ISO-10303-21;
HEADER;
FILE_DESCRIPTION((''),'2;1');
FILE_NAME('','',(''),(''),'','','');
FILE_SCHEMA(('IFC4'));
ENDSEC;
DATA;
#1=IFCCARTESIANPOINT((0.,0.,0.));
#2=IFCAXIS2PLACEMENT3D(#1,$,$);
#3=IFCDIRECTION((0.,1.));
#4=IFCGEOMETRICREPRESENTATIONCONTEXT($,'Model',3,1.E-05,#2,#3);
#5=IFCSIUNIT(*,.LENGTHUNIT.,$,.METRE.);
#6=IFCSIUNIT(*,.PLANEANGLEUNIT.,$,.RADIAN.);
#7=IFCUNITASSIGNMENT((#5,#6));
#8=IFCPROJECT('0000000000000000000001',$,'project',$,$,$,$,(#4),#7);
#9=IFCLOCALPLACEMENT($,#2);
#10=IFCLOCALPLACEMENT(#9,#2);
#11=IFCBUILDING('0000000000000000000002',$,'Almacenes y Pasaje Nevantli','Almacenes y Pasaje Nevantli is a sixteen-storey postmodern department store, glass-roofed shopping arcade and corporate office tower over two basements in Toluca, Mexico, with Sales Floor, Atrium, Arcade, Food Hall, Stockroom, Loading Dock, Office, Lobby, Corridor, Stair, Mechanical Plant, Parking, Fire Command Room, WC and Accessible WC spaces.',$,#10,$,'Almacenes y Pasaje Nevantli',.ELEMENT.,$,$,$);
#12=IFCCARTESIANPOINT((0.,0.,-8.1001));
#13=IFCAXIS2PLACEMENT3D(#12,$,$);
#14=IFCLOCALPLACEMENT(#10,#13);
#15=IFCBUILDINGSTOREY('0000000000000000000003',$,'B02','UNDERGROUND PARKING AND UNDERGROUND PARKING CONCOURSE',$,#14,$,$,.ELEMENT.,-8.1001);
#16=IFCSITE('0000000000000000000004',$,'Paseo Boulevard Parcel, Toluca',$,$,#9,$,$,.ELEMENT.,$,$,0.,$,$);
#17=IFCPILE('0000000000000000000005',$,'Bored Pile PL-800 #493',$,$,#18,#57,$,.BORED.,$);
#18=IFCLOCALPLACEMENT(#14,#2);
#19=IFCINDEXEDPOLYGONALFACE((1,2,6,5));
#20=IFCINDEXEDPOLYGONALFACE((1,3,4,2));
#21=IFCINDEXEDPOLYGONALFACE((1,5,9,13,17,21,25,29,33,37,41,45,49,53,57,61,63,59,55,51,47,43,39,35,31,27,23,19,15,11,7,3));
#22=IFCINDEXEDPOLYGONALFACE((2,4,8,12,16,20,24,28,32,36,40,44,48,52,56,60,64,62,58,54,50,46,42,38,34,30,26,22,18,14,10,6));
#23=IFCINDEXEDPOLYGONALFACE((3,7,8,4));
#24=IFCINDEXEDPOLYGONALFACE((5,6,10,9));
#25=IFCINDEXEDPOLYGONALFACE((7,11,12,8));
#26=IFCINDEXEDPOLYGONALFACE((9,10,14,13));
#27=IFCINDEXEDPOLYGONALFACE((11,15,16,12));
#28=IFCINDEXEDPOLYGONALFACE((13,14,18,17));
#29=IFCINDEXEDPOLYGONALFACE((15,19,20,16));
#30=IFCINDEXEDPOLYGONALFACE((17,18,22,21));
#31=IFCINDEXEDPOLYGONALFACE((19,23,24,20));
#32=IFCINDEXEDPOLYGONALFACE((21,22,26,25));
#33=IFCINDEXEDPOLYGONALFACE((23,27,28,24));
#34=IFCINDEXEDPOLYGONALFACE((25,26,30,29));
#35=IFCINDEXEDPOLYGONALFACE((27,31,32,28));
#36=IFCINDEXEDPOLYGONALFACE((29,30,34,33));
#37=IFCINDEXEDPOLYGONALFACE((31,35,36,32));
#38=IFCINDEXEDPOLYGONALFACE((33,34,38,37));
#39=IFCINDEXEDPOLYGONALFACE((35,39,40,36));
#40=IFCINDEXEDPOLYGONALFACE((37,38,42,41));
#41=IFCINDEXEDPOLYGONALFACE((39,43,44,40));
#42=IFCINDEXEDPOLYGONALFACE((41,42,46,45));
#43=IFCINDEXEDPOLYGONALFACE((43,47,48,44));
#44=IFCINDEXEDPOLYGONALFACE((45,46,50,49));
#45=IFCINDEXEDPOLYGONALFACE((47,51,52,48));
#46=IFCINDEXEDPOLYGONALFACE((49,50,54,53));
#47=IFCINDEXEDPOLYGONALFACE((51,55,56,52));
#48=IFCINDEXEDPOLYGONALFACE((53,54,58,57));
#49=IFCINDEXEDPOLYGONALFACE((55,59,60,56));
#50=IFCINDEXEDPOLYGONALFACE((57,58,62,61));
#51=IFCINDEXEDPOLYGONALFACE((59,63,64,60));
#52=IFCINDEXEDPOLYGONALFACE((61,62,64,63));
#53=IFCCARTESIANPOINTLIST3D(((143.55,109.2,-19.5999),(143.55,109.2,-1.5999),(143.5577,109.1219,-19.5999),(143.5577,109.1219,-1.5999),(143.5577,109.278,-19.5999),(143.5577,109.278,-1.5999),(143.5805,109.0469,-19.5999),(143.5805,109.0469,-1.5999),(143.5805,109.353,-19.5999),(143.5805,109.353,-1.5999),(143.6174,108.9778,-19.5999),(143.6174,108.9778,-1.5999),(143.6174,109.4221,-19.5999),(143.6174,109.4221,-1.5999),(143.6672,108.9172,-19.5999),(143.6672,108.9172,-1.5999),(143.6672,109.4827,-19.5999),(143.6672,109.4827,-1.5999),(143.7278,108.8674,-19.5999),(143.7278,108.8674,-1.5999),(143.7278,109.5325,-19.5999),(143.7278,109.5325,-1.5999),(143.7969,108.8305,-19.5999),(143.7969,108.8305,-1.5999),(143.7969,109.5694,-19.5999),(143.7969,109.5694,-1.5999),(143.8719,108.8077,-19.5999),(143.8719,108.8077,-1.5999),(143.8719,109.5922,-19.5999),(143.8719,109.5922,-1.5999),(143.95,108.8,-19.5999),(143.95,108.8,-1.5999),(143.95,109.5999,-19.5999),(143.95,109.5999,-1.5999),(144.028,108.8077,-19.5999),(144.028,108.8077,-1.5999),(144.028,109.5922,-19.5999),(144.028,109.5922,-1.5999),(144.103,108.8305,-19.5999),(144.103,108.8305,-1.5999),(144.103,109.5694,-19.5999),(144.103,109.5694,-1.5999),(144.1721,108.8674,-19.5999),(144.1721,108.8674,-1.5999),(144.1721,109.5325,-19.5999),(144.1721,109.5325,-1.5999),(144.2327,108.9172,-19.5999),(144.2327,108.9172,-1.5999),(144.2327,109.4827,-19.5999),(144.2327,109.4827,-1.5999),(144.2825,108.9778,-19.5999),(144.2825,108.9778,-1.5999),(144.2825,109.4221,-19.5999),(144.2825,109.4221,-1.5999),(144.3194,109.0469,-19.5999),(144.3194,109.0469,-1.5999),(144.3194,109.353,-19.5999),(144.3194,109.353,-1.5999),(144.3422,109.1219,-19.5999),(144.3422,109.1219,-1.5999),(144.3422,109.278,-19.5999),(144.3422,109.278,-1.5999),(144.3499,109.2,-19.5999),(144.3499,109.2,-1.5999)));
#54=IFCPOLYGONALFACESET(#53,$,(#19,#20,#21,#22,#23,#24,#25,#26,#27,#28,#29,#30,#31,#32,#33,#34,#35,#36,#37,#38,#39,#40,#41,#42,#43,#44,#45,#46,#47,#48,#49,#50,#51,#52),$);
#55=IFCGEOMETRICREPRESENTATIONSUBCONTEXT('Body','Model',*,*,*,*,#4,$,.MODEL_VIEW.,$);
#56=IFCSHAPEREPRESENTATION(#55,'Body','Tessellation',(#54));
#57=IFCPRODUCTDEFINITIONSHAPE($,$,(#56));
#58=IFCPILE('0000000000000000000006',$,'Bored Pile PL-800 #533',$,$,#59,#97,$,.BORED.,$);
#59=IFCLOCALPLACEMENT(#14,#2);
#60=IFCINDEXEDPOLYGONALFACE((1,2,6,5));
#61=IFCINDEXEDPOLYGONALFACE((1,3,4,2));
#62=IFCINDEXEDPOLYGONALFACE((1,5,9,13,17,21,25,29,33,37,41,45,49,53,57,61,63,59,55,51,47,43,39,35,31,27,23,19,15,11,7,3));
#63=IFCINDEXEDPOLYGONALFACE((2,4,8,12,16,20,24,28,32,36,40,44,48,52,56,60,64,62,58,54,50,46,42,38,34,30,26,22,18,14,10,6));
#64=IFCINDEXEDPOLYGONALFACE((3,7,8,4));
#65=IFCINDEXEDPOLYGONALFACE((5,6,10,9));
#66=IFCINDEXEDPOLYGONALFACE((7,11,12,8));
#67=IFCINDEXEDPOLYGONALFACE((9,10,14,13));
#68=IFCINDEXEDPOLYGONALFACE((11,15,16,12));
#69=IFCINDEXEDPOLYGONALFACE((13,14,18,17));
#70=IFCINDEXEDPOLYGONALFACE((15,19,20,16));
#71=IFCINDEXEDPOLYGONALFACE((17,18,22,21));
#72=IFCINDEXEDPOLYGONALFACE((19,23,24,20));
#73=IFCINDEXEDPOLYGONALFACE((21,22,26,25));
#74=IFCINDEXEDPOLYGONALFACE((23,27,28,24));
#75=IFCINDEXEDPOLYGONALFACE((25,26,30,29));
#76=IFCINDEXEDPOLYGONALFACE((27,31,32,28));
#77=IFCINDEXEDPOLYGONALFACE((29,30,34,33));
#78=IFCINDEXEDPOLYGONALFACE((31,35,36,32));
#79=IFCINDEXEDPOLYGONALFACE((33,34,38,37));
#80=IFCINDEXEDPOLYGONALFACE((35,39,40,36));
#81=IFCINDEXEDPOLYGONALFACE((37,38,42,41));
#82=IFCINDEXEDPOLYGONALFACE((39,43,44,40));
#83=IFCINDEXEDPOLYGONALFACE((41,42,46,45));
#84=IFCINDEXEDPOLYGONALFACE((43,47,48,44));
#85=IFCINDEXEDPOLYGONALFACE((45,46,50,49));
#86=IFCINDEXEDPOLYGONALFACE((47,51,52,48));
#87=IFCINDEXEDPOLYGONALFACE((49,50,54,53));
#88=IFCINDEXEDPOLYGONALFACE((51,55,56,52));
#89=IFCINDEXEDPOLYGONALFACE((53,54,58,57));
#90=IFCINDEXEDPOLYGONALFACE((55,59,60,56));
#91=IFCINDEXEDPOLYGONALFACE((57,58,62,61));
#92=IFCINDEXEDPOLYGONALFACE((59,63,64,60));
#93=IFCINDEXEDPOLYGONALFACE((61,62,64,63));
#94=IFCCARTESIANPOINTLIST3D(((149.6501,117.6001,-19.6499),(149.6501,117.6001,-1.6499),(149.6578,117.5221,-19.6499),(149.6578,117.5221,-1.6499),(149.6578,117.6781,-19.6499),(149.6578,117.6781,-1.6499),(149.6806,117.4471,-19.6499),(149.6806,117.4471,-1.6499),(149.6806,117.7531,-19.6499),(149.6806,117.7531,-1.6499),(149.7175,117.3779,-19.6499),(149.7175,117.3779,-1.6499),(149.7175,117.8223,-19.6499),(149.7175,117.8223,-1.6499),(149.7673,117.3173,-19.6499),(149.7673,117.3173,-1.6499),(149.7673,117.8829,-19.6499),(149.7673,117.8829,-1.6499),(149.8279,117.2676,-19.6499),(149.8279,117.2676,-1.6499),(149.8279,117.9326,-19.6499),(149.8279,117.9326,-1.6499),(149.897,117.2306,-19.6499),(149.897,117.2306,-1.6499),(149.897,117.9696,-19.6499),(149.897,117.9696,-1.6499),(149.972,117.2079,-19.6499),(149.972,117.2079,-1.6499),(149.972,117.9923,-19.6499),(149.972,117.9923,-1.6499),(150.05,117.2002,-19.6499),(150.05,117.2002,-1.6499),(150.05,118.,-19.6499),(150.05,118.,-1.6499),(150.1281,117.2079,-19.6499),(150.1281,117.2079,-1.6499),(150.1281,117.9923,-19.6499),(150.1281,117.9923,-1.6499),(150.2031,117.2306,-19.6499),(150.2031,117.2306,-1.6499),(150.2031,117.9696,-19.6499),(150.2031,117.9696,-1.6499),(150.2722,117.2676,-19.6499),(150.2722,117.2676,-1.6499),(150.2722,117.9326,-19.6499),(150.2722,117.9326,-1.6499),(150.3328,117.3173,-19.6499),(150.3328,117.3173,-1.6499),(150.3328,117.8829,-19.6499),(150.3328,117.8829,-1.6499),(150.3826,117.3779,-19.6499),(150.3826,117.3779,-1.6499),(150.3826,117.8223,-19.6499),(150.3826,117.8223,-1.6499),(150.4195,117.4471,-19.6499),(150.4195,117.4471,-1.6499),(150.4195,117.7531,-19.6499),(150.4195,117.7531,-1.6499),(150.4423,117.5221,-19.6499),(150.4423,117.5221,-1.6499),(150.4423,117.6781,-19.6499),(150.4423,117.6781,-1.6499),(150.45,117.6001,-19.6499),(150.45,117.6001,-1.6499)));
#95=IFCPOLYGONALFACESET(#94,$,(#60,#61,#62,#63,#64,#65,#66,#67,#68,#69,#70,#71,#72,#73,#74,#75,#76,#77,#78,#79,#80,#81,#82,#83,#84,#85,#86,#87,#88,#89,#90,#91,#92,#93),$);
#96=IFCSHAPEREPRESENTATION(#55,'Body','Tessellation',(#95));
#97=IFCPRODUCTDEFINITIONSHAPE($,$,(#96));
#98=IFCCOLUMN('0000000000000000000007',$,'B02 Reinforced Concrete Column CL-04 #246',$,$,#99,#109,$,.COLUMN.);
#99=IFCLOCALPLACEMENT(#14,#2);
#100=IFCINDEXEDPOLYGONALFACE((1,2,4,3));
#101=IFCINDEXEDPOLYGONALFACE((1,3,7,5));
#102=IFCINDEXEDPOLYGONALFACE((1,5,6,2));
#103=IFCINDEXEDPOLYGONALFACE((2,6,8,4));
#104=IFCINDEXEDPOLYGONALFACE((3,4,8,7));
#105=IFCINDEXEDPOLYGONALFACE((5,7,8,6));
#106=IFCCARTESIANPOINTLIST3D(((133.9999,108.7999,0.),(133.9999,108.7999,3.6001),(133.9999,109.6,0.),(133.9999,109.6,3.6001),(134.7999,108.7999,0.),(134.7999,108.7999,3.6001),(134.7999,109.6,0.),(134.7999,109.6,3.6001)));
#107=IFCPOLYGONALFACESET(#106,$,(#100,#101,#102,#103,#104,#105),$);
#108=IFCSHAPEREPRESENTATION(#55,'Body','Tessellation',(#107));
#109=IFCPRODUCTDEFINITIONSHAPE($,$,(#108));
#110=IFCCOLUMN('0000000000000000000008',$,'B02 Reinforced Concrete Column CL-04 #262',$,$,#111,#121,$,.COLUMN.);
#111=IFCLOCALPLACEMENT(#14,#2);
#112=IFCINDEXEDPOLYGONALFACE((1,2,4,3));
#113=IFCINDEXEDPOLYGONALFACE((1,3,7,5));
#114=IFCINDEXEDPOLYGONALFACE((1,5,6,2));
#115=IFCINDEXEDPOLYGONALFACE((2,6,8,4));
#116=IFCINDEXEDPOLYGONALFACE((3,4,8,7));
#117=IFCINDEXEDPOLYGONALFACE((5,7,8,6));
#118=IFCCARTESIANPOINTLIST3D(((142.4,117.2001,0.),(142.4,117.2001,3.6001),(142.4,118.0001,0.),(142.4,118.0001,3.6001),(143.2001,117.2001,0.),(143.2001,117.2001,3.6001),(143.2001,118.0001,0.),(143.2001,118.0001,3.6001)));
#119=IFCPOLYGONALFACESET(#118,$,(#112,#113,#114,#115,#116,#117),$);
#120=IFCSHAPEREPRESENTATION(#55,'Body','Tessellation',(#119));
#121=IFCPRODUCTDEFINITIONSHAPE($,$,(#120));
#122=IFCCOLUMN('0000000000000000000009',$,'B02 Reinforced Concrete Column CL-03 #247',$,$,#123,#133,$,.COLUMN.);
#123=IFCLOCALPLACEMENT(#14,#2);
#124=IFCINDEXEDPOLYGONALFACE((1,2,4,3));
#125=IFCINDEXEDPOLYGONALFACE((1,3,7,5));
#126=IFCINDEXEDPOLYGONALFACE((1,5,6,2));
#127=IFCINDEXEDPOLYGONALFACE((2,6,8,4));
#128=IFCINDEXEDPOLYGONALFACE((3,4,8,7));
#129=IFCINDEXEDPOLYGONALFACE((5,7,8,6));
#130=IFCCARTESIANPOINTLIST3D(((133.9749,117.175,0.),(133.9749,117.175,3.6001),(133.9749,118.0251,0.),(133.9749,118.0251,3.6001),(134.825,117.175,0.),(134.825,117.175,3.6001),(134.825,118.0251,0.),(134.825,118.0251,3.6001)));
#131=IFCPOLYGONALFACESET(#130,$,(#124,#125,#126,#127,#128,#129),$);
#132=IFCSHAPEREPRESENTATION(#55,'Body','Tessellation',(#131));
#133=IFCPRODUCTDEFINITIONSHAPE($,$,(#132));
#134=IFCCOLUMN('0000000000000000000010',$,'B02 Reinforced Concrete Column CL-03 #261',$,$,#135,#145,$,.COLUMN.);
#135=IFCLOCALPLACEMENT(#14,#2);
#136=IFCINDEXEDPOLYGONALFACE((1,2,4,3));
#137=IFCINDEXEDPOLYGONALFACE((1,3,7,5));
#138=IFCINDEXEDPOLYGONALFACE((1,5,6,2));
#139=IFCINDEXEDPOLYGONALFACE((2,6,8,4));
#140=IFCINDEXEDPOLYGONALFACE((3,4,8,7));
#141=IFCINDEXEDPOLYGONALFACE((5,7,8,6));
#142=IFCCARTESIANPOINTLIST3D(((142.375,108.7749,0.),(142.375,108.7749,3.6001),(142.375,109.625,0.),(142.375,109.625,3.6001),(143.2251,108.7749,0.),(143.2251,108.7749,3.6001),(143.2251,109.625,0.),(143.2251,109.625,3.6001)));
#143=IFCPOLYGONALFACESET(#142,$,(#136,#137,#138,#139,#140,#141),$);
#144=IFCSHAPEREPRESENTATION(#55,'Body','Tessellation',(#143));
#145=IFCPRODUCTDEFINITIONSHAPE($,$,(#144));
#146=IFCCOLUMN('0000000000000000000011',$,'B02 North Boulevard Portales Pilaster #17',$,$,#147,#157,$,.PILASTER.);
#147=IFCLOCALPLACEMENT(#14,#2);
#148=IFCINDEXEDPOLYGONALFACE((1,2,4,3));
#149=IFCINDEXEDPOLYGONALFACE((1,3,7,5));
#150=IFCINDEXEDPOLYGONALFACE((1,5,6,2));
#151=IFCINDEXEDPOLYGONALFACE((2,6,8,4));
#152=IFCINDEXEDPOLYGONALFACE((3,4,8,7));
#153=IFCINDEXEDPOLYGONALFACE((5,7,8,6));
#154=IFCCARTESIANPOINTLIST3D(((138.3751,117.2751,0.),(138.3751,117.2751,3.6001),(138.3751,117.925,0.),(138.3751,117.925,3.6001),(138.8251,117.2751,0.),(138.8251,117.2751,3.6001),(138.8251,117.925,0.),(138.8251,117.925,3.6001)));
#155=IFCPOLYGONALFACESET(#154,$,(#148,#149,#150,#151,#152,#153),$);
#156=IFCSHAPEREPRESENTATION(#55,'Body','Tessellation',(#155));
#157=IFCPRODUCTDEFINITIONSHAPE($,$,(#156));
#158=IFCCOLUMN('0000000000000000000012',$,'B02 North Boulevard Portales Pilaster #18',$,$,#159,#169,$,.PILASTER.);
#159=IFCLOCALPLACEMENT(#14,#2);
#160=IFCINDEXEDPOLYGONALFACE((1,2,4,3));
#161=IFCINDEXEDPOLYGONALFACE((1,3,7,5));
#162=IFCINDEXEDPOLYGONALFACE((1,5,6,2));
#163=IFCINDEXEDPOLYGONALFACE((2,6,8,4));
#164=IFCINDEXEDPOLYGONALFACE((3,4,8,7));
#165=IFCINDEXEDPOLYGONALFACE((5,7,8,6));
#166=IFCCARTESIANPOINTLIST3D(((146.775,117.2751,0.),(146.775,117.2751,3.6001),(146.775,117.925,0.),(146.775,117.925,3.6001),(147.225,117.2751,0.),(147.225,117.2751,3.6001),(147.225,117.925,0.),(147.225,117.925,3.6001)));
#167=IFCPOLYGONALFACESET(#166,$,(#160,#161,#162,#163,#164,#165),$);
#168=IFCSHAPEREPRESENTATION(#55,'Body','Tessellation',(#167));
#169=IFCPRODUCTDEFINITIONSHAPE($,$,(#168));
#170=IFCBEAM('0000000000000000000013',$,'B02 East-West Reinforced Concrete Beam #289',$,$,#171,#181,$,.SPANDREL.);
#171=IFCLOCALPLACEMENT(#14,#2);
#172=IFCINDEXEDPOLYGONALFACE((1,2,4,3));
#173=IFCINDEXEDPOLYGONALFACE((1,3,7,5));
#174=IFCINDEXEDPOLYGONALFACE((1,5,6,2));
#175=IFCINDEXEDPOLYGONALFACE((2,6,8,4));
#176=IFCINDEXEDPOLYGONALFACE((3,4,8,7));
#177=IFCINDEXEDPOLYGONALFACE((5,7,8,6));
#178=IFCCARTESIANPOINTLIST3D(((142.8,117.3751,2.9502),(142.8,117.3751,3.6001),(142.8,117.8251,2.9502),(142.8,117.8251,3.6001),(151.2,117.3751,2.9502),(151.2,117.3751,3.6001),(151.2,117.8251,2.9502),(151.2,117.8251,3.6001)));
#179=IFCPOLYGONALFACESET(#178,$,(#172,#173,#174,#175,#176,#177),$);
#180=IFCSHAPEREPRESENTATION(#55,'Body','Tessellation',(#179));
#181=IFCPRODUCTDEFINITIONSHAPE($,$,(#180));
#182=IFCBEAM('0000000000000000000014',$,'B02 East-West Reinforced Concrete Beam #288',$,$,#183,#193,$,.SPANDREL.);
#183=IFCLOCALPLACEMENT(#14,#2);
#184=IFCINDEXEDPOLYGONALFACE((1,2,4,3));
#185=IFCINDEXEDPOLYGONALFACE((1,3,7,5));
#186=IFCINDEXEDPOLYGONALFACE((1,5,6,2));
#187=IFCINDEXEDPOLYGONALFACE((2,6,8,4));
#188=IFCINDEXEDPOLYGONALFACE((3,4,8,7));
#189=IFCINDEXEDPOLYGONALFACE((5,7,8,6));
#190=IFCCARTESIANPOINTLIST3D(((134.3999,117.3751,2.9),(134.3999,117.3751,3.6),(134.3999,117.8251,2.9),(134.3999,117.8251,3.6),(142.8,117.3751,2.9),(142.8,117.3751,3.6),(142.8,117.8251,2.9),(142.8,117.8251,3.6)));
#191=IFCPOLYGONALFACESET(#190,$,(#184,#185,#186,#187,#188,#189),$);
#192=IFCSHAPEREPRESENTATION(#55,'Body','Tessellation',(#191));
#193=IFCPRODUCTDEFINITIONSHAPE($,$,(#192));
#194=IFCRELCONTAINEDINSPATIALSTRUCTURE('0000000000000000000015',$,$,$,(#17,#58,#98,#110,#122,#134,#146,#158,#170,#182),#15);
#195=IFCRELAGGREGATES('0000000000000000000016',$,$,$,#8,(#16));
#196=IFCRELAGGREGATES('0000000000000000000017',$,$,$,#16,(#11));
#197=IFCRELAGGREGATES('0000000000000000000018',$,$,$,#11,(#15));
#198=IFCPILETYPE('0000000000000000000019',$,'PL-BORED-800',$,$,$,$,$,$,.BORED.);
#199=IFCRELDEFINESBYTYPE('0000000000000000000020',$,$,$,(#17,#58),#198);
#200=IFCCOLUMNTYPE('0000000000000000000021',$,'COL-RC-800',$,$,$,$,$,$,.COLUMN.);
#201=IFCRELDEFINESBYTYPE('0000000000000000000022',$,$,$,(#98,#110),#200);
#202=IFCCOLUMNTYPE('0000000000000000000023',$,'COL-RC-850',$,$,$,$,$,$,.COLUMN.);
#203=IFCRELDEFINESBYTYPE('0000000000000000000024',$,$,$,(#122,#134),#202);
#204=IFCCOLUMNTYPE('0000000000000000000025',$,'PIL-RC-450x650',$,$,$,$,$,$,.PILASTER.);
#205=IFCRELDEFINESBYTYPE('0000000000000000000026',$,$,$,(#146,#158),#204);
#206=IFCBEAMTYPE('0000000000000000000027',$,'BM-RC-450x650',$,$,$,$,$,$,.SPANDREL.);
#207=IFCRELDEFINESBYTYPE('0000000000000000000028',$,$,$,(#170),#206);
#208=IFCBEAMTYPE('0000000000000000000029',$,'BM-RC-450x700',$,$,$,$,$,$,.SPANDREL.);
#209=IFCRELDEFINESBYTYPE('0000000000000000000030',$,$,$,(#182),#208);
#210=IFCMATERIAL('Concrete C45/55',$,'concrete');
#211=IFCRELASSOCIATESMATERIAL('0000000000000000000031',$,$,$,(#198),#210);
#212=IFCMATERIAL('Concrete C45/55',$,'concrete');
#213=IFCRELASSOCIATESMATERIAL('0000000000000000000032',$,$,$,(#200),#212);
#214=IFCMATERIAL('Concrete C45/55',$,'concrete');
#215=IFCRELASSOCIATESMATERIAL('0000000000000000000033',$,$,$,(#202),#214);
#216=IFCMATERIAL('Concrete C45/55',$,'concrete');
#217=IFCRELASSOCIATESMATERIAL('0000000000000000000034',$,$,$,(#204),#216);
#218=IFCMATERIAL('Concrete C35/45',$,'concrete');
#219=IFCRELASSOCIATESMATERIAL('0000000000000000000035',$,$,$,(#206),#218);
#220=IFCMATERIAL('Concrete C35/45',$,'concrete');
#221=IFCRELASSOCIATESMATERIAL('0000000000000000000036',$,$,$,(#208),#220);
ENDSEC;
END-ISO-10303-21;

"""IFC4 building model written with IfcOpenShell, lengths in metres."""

from ifc_helpers import new_model, si_unit, direction, frame, origin, origin_2d, place, context, subcontext, project, spatial, rectangle, circle, extrude, material, material_profile, profile_set, type_object, element, save


model = new_model("IFC4")

# Units and contexts
model_context = context("Model", 3, precision=1e-05, world=origin(), true_north=direction((0.0, 1.0)))
body_context = subcontext(model_context, "Body", "Model", "MODEL_VIEW")
ifc_project = project(units=[si_unit("LENGTHUNIT", "METRE"), si_unit("PLANEANGLEUNIT", "RADIAN")], contexts=[model_context])

# Site, building, storey
site_placement = place(None, origin())
site = spatial("IfcSite", under=ifc_project, at=site_placement, Name="Paseo Boulevard Parcel, Toluca", CompositionType="ELEMENT", RefElevation=0.0)
building_placement = place(site_placement, origin())
building = spatial("IfcBuilding", under=site, at=building_placement, Name="Almacenes y Pasaje Nevantli", Description="Almacenes y Pasaje Nevantli is a sixteen-storey postmodern department store, glass-roofed shopping arcade and corporate office tower over two basements in Toluca, Mexico, with Sales Floor, Atrium, Arcade, Food Hall, Stockroom, Loading Dock, Office, Lobby, Corridor, Stair, Mechanical Plant, Parking, Fire Command Room, WC and Accessible WC spaces.", LongName="Almacenes y Pasaje Nevantli", CompositionType="ELEMENT")
storey_placement = place(building_placement, frame((0.0, 0.0, -8.1001)))
storey = spatial("IfcBuildingStorey", under=building, at=storey_placement, Name="B02", Description="UNDERGROUND PARKING AND UNDERGROUND PARKING CONCOURSE", CompositionType="ELEMENT", Elevation=-8.1001)

# Piles
ifc_material_1 = material(Name="Concrete C45/55", Category="concrete")
ifc_material_profile_1 = material_profile(ifc_material_1, circle(Radius=0.3999, at=origin_2d()), Name="RC-PILE-D800")
ifc_profile_set_1 = profile_set([ifc_material_profile_1], Name="Concrete C45/55")
pile_type_1 = type_object("IfcPileType", Name="PL-BORED-800", PredefinedType="BORED", material=ifc_profile_set_1)
for number, where, z_axis, x_axis, name in (
    (1, (143.95, 109.2, -1.5999), (0.0, 0.0, -1.0), (1.0, 0.0, 0.0), "Bored Pile PL-800 #493"),
    (2, (150.05, 117.6001, -1.6499), (0.0, 0.0, -1.0), (1.0, 0.0, 0.0), "Bored Pile PL-800 #533"),
):
    element("IfcPile", number, at=place(storey_placement, frame(where, z_axis=z_axis, x_axis=x_axis)), inside=storey, type_object=pile_type_1, Name=name, PredefinedType="BORED", context=body_context, shape_type="SweptSolid", body=[
        extrude(circle(Radius=0.3999, at=origin_2d()), origin(), (0.0, 0.0, 1.0), 18.0),
    ])

# Columns
ifc_material_2 = material(Name="Concrete C45/55", Category="concrete")
ifc_material_profile_2 = material_profile(ifc_material_2, rectangle(XDim=0.8, YDim=0.8, at=origin_2d()), Name="RC-COL-800x800")
ifc_profile_set_2 = profile_set([ifc_material_profile_2], Name="Concrete C45/55")
column_type_1 = type_object("IfcColumnType", Name="COL-RC-800", PredefinedType="COLUMN", material=ifc_profile_set_2)
for number, where, z_axis, x_axis, name in (
    (3, (134.3999, 109.2, 0.0), (0.0, 0.0, 1.0), (1.0, 0.0, 0.0), "B02 Reinforced Concrete Column CL-04 #246"),
    (4, (142.8, 117.6001, 0.0), (0.0, 0.0, 1.0), (1.0, 0.0, 0.0), "B02 Reinforced Concrete Column CL-04 #262"),
):
    element("IfcColumn", number, at=place(storey_placement, frame(where, z_axis=z_axis, x_axis=x_axis)), inside=storey, type_object=column_type_1, Name=name, PredefinedType="COLUMN", context=body_context, shape_type="SweptSolid", body=[
        extrude(rectangle(XDim=0.8, YDim=0.8, at=origin_2d()), origin(), (0.0, 0.0, 1.0), 3.6001),
    ])
ifc_material_3 = material(Name="Concrete C45/55", Category="concrete")
ifc_material_profile_3 = material_profile(ifc_material_3, rectangle(XDim=0.8501, YDim=0.8501, at=origin_2d()), Name="RC-COL-850x850")
ifc_profile_set_3 = profile_set([ifc_material_profile_3], Name="Concrete C45/55")
column_type_2 = type_object("IfcColumnType", Name="COL-RC-850", PredefinedType="COLUMN", material=ifc_profile_set_3)
for number, where, z_axis, x_axis, name in (
    (5, (134.3999, 117.6001, 0.0), (0.0, 0.0, 1.0), (1.0, 0.0, 0.0), "B02 Reinforced Concrete Column CL-03 #247"),
    (6, (142.8, 109.2, 0.0), (0.0, 0.0, 1.0), (1.0, 0.0, 0.0), "B02 Reinforced Concrete Column CL-03 #261"),
):
    element("IfcColumn", number, at=place(storey_placement, frame(where, z_axis=z_axis, x_axis=x_axis)), inside=storey, type_object=column_type_2, Name=name, PredefinedType="COLUMN", context=body_context, shape_type="SweptSolid", body=[
        extrude(rectangle(XDim=0.8501, YDim=0.8501, at=origin_2d()), origin(), (0.0, 0.0, 1.0), 3.6001),
    ])
ifc_material_4 = material(Name="Concrete C45/55", Category="concrete")
ifc_material_profile_4 = material_profile(ifc_material_4, rectangle(XDim=0.45, YDim=0.6499, at=origin_2d()), Name="RC-PIL-450x650")
ifc_profile_set_4 = profile_set([ifc_material_profile_4], Name="Concrete C45/55")
column_type_3 = type_object("IfcColumnType", Name="PIL-RC-450x650", PredefinedType="PILASTER", material=ifc_profile_set_4)
for number, where, z_axis, x_axis, name in (
    (7, (138.6001, 117.6001, 0.0), (0.0, 0.0, 1.0), (1.0, 0.0, 0.0), "B02 North Boulevard Portales Pilaster #17"),
    (8, (147.0, 117.6001, 0.0), (0.0, 0.0, 1.0), (1.0, 0.0, 0.0), "B02 North Boulevard Portales Pilaster #18"),
):
    element("IfcColumn", number, at=place(storey_placement, frame(where, z_axis=z_axis, x_axis=x_axis)), inside=storey, type_object=column_type_3, Name=name, PredefinedType="PILASTER", context=body_context, shape_type="SweptSolid", body=[
        extrude(rectangle(XDim=0.45, YDim=0.6499, at=origin_2d()), origin(), (0.0, 0.0, 1.0), 3.6001),
    ])

# Beams
ifc_material_5 = material(Name="Concrete C35/45", Category="concrete")
ifc_material_profile_5 = material_profile(ifc_material_5, rectangle(XDim=0.45, YDim=0.6499, at=origin_2d()), Name="RC-BM-450x650")
ifc_profile_set_5 = profile_set([ifc_material_profile_5], Name="Concrete C35/45")
beam_type_1 = type_object("IfcBeamType", Name="BM-RC-450x650", PredefinedType="SPANDREL", material=ifc_profile_set_5)
beam_1_placement = place(storey_placement, frame((142.8, 117.6001, 3.2751), z_axis=(1.0, 0.0, 0.0), x_axis=(0.0, 1.0, 0.0)))
element("IfcBeam", 9, at=beam_1_placement, inside=storey, type_object=beam_type_1, Name="B02 East-West Reinforced Concrete Beam #289", PredefinedType="SPANDREL", context=body_context, shape_type="SweptSolid", body=[
    extrude(rectangle(XDim=0.45, YDim=0.6499, at=origin_2d()), origin(), (0.0, 0.0, 1.0), 8.3999),
])
ifc_material_6 = material(Name="Concrete C35/45", Category="concrete")
ifc_material_profile_6 = material_profile(ifc_material_6, rectangle(XDim=0.45, YDim=0.7, at=origin_2d()), Name="RC-BM-450x700")
ifc_profile_set_6 = profile_set([ifc_material_profile_6], Name="Concrete C35/45")
beam_type_2 = type_object("IfcBeamType", Name="BM-RC-450x700", PredefinedType="SPANDREL", material=ifc_profile_set_6)
beam_2_placement = place(storey_placement, frame((134.3999, 117.6001, 3.25), z_axis=(1.0, 0.0, 0.0), x_axis=(0.0, 1.0, 0.0)))
element("IfcBeam", 10, at=beam_2_placement, inside=storey, type_object=beam_type_2, Name="B02 East-West Reinforced Concrete Beam #288", PredefinedType="SPANDREL", context=body_context, shape_type="SweptSolid", body=[
    extrude(rectangle(XDim=0.45, YDim=0.7, at=origin_2d()), origin(), (0.0, 0.0, 1.0), 8.4001),
])

save(model, "model.ifc")
